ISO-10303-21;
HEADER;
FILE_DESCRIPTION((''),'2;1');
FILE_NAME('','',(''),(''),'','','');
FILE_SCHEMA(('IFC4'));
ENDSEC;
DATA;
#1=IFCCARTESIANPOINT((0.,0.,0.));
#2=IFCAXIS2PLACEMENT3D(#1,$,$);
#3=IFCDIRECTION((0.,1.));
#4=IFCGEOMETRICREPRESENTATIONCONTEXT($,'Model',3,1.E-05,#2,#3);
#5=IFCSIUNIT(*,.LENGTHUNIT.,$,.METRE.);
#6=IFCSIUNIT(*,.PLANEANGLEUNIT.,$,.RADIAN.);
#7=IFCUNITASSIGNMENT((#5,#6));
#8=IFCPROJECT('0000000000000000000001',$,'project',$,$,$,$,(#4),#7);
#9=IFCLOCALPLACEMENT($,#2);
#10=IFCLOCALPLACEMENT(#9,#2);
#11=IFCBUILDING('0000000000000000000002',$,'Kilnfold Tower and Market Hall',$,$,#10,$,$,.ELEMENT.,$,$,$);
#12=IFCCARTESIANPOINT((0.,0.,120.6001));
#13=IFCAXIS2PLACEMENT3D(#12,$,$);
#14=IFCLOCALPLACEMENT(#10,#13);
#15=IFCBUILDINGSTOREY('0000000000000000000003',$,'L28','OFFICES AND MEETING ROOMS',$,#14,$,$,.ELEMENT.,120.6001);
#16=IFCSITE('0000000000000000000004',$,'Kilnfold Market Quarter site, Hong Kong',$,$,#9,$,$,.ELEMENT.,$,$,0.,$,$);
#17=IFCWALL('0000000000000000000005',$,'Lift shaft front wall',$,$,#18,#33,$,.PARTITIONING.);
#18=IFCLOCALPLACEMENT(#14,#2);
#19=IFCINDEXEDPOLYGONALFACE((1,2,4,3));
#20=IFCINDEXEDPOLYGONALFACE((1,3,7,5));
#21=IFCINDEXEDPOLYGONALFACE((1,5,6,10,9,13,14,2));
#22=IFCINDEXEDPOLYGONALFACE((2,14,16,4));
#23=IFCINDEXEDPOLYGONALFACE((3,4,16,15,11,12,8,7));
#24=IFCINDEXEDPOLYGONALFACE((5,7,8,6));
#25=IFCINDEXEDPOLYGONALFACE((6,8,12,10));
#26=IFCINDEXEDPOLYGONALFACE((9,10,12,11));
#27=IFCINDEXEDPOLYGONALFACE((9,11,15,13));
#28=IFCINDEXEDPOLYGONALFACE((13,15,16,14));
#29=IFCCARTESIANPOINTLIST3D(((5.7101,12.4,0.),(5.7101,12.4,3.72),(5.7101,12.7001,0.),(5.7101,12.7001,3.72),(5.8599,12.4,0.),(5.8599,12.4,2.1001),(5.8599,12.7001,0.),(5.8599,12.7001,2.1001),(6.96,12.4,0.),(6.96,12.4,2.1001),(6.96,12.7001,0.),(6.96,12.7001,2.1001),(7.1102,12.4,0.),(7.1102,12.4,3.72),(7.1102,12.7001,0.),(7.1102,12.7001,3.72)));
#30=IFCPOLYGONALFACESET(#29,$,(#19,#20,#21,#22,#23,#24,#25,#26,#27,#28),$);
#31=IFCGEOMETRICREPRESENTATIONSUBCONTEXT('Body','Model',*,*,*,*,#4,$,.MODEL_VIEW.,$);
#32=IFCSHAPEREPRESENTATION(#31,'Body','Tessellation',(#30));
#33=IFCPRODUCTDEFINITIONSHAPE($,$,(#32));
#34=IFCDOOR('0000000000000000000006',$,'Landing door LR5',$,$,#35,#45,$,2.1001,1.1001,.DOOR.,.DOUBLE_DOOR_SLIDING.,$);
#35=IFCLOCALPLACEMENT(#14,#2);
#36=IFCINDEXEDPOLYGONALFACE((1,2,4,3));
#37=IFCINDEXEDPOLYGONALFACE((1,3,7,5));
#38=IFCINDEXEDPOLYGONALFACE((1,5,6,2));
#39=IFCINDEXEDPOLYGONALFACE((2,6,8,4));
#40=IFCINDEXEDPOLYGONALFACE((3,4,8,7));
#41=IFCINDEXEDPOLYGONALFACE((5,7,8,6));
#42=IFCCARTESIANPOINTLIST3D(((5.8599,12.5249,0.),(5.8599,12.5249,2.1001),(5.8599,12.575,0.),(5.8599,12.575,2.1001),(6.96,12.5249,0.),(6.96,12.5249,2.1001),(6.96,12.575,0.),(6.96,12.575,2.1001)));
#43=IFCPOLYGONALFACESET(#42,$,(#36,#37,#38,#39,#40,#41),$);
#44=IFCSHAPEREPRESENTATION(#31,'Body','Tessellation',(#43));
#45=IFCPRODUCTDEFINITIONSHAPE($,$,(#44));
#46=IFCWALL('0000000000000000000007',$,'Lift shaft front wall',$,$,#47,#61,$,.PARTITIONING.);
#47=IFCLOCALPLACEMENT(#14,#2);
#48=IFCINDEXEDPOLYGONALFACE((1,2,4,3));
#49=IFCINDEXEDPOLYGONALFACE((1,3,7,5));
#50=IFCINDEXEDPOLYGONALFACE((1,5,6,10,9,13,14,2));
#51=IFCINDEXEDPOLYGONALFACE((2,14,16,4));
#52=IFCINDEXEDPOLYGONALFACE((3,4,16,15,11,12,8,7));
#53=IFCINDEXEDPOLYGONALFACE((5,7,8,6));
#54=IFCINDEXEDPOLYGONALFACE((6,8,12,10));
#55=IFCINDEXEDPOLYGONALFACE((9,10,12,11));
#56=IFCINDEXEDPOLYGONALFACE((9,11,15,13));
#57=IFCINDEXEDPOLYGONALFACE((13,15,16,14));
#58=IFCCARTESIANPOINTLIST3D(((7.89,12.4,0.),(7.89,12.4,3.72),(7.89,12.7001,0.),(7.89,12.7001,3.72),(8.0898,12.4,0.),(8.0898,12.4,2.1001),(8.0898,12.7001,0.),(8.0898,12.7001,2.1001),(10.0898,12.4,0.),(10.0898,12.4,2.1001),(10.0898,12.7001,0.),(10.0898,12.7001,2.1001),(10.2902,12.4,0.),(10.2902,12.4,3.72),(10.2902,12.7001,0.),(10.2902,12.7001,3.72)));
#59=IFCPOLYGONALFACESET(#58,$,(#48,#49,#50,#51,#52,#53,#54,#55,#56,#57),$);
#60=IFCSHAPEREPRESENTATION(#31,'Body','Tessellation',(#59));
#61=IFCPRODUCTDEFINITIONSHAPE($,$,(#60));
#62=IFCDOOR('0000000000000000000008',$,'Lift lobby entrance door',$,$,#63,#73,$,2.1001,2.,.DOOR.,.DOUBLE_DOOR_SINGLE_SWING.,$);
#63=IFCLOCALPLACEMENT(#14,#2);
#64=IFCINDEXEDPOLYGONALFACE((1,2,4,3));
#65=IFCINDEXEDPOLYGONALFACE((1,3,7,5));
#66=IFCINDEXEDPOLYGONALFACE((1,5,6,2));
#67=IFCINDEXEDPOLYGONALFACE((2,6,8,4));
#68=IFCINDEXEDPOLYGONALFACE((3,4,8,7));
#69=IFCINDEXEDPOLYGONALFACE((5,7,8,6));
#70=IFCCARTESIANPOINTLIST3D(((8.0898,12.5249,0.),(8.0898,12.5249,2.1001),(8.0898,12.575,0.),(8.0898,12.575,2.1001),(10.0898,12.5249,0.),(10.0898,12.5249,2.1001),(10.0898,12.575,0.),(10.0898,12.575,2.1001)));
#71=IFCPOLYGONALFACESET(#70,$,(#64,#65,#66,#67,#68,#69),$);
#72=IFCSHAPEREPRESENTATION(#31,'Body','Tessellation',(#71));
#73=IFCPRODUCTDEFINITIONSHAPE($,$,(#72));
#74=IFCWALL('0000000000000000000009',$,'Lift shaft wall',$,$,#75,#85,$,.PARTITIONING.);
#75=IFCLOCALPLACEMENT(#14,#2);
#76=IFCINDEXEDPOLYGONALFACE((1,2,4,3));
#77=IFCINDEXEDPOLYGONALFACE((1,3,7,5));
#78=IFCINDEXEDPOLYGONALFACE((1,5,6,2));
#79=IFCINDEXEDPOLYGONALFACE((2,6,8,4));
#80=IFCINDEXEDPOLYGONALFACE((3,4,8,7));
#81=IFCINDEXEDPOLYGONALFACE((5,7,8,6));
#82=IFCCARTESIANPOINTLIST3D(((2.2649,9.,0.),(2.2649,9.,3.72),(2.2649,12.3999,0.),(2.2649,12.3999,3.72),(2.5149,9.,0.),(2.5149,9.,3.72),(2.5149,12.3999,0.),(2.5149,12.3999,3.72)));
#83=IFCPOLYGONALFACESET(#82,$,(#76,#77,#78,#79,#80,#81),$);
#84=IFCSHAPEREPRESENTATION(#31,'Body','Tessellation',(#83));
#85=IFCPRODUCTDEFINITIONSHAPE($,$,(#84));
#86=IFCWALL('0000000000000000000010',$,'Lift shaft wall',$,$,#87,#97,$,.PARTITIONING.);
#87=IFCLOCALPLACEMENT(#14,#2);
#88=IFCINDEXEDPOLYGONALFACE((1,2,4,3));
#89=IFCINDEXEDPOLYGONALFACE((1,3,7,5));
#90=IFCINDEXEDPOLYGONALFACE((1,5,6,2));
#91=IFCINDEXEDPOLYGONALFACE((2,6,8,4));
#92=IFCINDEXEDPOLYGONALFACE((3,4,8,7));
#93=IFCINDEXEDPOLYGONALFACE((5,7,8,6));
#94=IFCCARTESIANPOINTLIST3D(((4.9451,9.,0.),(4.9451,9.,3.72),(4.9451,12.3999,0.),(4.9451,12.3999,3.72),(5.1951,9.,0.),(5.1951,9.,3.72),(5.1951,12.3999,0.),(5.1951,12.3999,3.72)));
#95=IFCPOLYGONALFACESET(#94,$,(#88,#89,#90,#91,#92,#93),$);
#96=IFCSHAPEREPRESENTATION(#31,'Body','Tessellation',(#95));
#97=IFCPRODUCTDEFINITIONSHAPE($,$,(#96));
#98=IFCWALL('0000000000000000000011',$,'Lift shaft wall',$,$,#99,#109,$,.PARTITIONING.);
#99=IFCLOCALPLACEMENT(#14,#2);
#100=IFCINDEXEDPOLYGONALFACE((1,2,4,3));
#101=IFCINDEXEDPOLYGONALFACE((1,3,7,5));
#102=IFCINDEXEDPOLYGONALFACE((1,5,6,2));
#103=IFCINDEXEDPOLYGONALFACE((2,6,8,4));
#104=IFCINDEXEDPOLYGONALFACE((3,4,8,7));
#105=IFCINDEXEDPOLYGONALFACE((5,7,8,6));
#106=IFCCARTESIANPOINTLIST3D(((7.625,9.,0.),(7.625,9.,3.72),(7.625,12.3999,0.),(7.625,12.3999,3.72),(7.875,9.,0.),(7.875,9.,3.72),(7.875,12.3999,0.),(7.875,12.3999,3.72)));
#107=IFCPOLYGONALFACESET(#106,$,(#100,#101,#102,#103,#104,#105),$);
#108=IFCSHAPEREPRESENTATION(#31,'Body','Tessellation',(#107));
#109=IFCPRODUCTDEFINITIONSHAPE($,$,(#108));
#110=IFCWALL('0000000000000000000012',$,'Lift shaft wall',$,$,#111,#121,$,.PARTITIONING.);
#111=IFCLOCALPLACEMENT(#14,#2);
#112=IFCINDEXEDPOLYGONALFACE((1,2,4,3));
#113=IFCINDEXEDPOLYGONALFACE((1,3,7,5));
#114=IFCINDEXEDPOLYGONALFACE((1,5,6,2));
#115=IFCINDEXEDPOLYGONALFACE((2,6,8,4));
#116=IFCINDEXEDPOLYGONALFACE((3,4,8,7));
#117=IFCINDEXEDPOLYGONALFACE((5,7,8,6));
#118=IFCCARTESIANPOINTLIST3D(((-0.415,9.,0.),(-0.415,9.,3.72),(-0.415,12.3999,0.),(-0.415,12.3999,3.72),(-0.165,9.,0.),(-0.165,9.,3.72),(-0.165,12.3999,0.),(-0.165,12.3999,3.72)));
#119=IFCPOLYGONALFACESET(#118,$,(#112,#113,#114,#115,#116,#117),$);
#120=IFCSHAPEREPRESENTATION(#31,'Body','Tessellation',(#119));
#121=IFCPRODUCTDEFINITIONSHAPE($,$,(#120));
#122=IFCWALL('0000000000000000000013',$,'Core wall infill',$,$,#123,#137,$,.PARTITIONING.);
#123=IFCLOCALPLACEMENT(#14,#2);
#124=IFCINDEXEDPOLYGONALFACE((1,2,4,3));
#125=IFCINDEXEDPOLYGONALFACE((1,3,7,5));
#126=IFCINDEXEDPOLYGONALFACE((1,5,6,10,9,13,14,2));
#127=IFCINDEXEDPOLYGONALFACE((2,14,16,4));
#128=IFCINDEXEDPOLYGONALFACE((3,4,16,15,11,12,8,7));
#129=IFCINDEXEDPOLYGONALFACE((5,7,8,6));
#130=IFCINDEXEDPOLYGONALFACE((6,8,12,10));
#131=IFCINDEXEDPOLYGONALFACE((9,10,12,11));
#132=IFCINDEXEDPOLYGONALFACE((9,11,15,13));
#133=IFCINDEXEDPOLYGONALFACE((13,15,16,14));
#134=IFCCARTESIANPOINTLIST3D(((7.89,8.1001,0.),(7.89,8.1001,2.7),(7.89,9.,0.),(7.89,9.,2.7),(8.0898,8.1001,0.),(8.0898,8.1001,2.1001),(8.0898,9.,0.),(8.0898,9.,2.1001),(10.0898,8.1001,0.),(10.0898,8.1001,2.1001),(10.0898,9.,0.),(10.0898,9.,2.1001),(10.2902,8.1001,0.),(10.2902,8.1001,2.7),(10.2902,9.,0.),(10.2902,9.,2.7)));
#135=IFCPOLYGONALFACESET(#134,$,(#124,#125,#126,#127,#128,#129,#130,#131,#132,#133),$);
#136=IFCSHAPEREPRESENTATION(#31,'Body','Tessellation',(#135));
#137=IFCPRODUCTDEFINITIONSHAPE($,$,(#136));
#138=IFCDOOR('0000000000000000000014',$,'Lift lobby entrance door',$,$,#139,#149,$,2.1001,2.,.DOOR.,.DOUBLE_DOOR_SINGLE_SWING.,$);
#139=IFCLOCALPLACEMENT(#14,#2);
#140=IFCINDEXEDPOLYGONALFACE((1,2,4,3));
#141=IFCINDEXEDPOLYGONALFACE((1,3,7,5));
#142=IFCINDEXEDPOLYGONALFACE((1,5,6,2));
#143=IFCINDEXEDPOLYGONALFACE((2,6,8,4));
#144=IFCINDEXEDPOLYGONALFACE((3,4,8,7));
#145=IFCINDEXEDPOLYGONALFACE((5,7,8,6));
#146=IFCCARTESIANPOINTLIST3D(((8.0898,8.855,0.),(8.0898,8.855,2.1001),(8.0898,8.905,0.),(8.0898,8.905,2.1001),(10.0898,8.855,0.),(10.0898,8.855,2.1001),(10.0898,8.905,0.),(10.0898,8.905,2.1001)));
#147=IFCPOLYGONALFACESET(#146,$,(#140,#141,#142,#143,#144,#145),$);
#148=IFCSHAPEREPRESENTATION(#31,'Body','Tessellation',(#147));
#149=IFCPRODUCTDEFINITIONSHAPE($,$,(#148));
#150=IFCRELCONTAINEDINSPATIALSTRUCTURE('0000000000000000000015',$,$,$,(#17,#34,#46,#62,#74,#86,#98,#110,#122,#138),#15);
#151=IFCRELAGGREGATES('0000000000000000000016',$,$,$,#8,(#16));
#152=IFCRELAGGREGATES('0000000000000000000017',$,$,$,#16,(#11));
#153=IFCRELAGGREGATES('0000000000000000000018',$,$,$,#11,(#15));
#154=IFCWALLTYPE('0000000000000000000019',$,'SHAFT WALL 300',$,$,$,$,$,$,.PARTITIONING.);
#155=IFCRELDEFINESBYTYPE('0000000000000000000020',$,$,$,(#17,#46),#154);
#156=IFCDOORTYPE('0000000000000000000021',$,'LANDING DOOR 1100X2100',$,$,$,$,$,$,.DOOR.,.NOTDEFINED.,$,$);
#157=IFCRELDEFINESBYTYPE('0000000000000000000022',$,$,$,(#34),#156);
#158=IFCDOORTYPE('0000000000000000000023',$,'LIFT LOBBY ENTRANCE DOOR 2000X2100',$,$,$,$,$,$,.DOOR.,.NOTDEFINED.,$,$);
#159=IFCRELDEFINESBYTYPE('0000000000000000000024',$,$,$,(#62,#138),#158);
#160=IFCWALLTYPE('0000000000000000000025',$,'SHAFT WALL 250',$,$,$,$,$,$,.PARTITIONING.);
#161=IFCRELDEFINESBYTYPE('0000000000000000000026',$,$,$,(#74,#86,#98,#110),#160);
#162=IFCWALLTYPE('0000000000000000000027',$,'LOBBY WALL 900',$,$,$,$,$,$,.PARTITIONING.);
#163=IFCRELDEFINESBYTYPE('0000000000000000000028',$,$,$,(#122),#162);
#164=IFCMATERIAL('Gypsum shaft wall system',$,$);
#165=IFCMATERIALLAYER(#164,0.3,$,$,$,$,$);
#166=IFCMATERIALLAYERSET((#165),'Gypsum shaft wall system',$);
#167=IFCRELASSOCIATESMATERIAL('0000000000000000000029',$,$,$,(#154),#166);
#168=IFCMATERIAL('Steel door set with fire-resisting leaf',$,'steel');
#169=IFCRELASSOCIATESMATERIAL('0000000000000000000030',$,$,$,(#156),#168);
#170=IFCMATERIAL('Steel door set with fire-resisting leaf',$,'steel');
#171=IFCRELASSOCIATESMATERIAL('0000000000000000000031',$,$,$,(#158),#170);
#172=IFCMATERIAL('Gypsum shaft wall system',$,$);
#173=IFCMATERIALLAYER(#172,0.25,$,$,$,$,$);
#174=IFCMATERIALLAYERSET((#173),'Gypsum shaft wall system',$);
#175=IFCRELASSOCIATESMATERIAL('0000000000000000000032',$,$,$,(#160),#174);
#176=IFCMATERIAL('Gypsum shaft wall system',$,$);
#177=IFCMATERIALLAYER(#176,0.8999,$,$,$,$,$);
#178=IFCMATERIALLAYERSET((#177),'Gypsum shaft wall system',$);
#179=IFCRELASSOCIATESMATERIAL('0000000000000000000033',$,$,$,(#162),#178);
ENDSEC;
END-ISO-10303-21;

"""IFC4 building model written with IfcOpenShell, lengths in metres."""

from ifc_helpers import new_model, si_unit, direction, frame, frame_2d, origin, place, context, subcontext, project, spatial, rectangle, extrude, source, transform, mapped, material, layer, layer_set, type_object, element, fill, save


model = new_model("IFC4")

# Units and contexts
model_context = context("Model", 3, precision=1e-05, world=origin(), true_north=direction((0.0, 1.0)))
body_context = subcontext(model_context, "Body", "Model", "MODEL_VIEW")
ifc_project = project(units=[si_unit("LENGTHUNIT", "METRE"), si_unit("PLANEANGLEUNIT", "RADIAN")], contexts=[model_context])

# Site, building, storey
site_placement = place(None, origin())
site = spatial("IfcSite", under=ifc_project, at=site_placement, Name="Kilnfold Market Quarter site, Hong Kong", CompositionType="ELEMENT", RefElevation=0.0)
building_placement = place(site_placement, origin())
building = spatial("IfcBuilding", under=site, at=building_placement, Name="Kilnfold Tower and Market Hall", CompositionType="ELEMENT")
storey_placement = place(building_placement, frame((0.0, 0.0, 120.6001)))
storey = spatial("IfcBuildingStorey", under=building, at=storey_placement, Name="L28", Description="OFFICES AND MEETING ROOMS", CompositionType="ELEMENT", Elevation=120.6001)

# Walls, openings, doors
ifc_material_1 = material(Name="Gypsum shaft wall system")
ifc_layer_1 = layer(ifc_material_1, 0.3)
ifc_layer_set_1 = layer_set([ifc_layer_1], Name="Gypsum shaft wall system")
wall_type_1 = type_object("IfcWallType", Name="SHAFT WALL 300", PredefinedType="PARTITIONING", material=ifc_layer_set_1)
ifc_material_2 = material(Name="Steel door set with fire-resisting leaf", Category="steel")
door_type_1 = type_object("IfcDoorType", Name="LANDING DOOR 1100X2100", OperationType="NOTDEFINED", PredefinedType="DOOR", material=ifc_material_2)
shared_shape_1 = source(origin(), body_context, "Body", "SweptSolid", [
    extrude(rectangle(XDim=1.4001, YDim=0.3, at=frame_2d((0.7002, 0.0))), origin(), (0.0, 0.0, 1.0), 3.72),
])
wall_1_placement = place(storey_placement, frame((5.71, 12.55, 0.0), z_axis=(0.0, 0.0, 1.0), x_axis=(1.0, 0.0, 0.0)))
wall_1 = element("IfcWall", 1, at=wall_1_placement, inside=storey, type_object=wall_type_1, Name="Lift shaft front wall", PredefinedType="PARTITIONING", context=body_context, shape_type="MappedRepresentation", body=[
    mapped(shared_shape_1, transform((0.0, 0.0, 0.0))),
])
opening_1_placement = place(wall_1_placement, frame((0.1499, 0.0, 0.0)))
opening_1 = element("IfcOpeningElement", 2, at=opening_1_placement, cuts=wall_1, PredefinedType="OPENING", context=body_context, shape_type="SweptSolid", body=[
    extrude(rectangle(XDim=1.1001, YDim=2.1001, at=frame_2d((0.55, 1.05))), frame((0.0, 0.1602, 0.0), z_axis=(0.0, -1.0, 0.0), x_axis=(1.0, 0.0, 0.0)), (0.0, 0.0, 1.0), 0.3201),
])
door_1_placement = place(opening_1_placement, origin())
door_1 = element("IfcDoor", 3, at=door_1_placement, inside=storey, type_object=door_type_1, Name="Landing door LR5", OperationType="DOUBLE_DOOR_SLIDING", OverallHeight=2.1001, OverallWidth=1.1001, PredefinedType="DOOR", context=body_context, shape_type="SweptSolid", body=[
    extrude(rectangle(XDim=1.1001, YDim=2.1001, at=frame_2d((0.55, 1.05))), frame((0.0, 0.0249, 0.0), z_axis=(0.0, -1.0, 0.0), x_axis=(1.0, 0.0, 0.0)), (0.0, 0.0, 1.0), 0.05),
])
fill(opening_1, door_1)
shared_shape_2 = source(origin(), body_context, "Body", "SweptSolid", [
    extrude(rectangle(XDim=2.4001, YDim=0.3, at=frame_2d((1.2002, 0.0))), origin(), (0.0, 0.0, 1.0), 3.72),
])
wall_2_placement = place(storey_placement, frame((7.8899, 12.55, 0.0), z_axis=(0.0, 0.0, 1.0), x_axis=(1.0, 0.0, 0.0)))
wall_2 = element("IfcWall", 4, at=wall_2_placement, inside=storey, type_object=wall_type_1, Name="Lift shaft front wall", PredefinedType="PARTITIONING", context=body_context, shape_type="MappedRepresentation", body=[
    mapped(shared_shape_2, transform((0.0, 0.0, 0.0))),
])
opening_2_placement = place(wall_2_placement, frame((0.2, 0.0, 0.0)))
opening_2 = element("IfcOpeningElement", 5, at=opening_2_placement, cuts=wall_2, PredefinedType="OPENING", context=body_context, shape_type="SweptSolid", body=[
    extrude(rectangle(XDim=2.0, YDim=2.1001, at=frame_2d((1.0, 1.05))), frame((0.0, 0.1602, 0.0), z_axis=(0.0, -1.0, 0.0), x_axis=(1.0, 0.0, 0.0)), (0.0, 0.0, 1.0), 0.3201),
])
ifc_material_3 = material(Name="Steel door set with fire-resisting leaf", Category="steel")
door_type_2 = type_object("IfcDoorType", Name="LIFT LOBBY ENTRANCE DOOR 2000X2100", OperationType="NOTDEFINED", PredefinedType="DOOR", material=ifc_material_3)
door_2_placement = place(opening_2_placement, origin())
door_2 = element("IfcDoor", 6, at=door_2_placement, inside=storey, type_object=door_type_2, Name="Lift lobby entrance door", OperationType="DOUBLE_DOOR_SINGLE_SWING", OverallHeight=2.1001, OverallWidth=2.0, PredefinedType="DOOR", context=body_context, shape_type="SweptSolid", body=[
    extrude(rectangle(XDim=2.0, YDim=2.1001, at=frame_2d((1.0, 1.05))), frame((0.0, 0.0249, 0.0), z_axis=(0.0, -1.0, 0.0), x_axis=(1.0, 0.0, 0.0)), (0.0, 0.0, 1.0), 0.05),
])
fill(opening_2, door_2)

# Walls
ifc_material_4 = material(Name="Gypsum shaft wall system")
ifc_layer_2 = layer(ifc_material_4, 0.25)
ifc_layer_set_2 = layer_set([ifc_layer_2], Name="Gypsum shaft wall system")
wall_type_2 = type_object("IfcWallType", Name="SHAFT WALL 250", PredefinedType="PARTITIONING", material=ifc_layer_set_2)
shared_shape_3 = source(origin(), body_context, "Body", "SweptSolid", [
    extrude(rectangle(XDim=3.3999, YDim=0.25, at=frame_2d((1.7, 0.0))), origin(), (0.0, 0.0, 1.0), 3.72),
])
for number, where, z_axis, x_axis, name in (
    (7, (2.3899, 9.0, 0.0), (0.0, 0.0, 1.0), (0.0, 1.0, 0.0), "Lift shaft wall"),
    (8, (5.0701, 9.0, 0.0), (0.0, 0.0, 1.0), (0.0, 1.0, 0.0), "Lift shaft wall"),
    (9, (7.75, 9.0, 0.0), (0.0, 0.0, 1.0), (0.0, 1.0, 0.0), "Lift shaft wall"),
    (10, (-0.29, 9.0, 0.0), (0.0, 0.0, 1.0), (0.0, 1.0, 0.0), "Lift shaft wall"),
):
    element("IfcWall", number, at=place(storey_placement, frame(where, z_axis=z_axis, x_axis=x_axis)), inside=storey, type_object=wall_type_2, Name=name, PredefinedType="PARTITIONING", context=body_context, shape_type="MappedRepresentation", body=[
        mapped(shared_shape_3, transform((0.0, 0.0, 0.0))),
    ])

# Wall, opening, door
ifc_material_5 = material(Name="Gypsum shaft wall system")
ifc_layer_3 = layer(ifc_material_5, 0.8999)
ifc_layer_set_3 = layer_set([ifc_layer_3], Name="Gypsum shaft wall system")
wall_type_3 = type_object("IfcWallType", Name="LOBBY WALL 900", PredefinedType="PARTITIONING", material=ifc_layer_set_3)
shared_shape_4 = source(origin(), body_context, "Body", "SweptSolid", [
    extrude(rectangle(XDim=2.4001, YDim=0.8999, at=frame_2d((1.2002, 0.0))), origin(), (0.0, 0.0, 1.0), 2.7),
])
wall_3_placement = place(storey_placement, frame((7.8899, 8.55, 0.0), z_axis=(0.0, 0.0, 1.0), x_axis=(1.0, 0.0, 0.0)))
wall_3 = element("IfcWall", 11, at=wall_3_placement, inside=storey, type_object=wall_type_3, Name="Core wall infill", PredefinedType="PARTITIONING", context=body_context, shape_type="MappedRepresentation", body=[
    mapped(shared_shape_4, transform((0.0, 0.0, 0.0))),
])
opening_3_placement = place(wall_3_placement, frame((0.2, 0.0, 0.0)))
opening_3 = element("IfcOpeningElement", 12, at=opening_3_placement, cuts=wall_3, PredefinedType="OPENING", context=body_context, shape_type="SweptSolid", body=[
    extrude(rectangle(XDim=2.0, YDim=2.1001, at=frame_2d((1.0, 1.05))), frame((0.0, 0.46, 0.0), z_axis=(0.0, -1.0, 0.0), x_axis=(1.0, 0.0, 0.0)), (0.0, 0.0, 1.0), 0.9199),
])
door_3_placement = place(opening_3_placement, origin())
door_3 = element("IfcDoor", 13, at=door_3_placement, inside=storey, type_object=door_type_2, Name="Lift lobby entrance door", OperationType="DOUBLE_DOOR_SINGLE_SWING", OverallHeight=2.1001, OverallWidth=2.0, PredefinedType="DOOR", context=body_context, shape_type="SweptSolid", body=[
    extrude(rectangle(XDim=2.0, YDim=2.1001, at=frame_2d((1.0, 1.05))), frame((0.0, 0.355, 0.0), z_axis=(0.0, -1.0, 0.0), x_axis=(1.0, 0.0, 0.0)), (0.0, 0.0, 1.0), 0.05),
])
fill(opening_3, door_3)

save(model, "model.ifc")
